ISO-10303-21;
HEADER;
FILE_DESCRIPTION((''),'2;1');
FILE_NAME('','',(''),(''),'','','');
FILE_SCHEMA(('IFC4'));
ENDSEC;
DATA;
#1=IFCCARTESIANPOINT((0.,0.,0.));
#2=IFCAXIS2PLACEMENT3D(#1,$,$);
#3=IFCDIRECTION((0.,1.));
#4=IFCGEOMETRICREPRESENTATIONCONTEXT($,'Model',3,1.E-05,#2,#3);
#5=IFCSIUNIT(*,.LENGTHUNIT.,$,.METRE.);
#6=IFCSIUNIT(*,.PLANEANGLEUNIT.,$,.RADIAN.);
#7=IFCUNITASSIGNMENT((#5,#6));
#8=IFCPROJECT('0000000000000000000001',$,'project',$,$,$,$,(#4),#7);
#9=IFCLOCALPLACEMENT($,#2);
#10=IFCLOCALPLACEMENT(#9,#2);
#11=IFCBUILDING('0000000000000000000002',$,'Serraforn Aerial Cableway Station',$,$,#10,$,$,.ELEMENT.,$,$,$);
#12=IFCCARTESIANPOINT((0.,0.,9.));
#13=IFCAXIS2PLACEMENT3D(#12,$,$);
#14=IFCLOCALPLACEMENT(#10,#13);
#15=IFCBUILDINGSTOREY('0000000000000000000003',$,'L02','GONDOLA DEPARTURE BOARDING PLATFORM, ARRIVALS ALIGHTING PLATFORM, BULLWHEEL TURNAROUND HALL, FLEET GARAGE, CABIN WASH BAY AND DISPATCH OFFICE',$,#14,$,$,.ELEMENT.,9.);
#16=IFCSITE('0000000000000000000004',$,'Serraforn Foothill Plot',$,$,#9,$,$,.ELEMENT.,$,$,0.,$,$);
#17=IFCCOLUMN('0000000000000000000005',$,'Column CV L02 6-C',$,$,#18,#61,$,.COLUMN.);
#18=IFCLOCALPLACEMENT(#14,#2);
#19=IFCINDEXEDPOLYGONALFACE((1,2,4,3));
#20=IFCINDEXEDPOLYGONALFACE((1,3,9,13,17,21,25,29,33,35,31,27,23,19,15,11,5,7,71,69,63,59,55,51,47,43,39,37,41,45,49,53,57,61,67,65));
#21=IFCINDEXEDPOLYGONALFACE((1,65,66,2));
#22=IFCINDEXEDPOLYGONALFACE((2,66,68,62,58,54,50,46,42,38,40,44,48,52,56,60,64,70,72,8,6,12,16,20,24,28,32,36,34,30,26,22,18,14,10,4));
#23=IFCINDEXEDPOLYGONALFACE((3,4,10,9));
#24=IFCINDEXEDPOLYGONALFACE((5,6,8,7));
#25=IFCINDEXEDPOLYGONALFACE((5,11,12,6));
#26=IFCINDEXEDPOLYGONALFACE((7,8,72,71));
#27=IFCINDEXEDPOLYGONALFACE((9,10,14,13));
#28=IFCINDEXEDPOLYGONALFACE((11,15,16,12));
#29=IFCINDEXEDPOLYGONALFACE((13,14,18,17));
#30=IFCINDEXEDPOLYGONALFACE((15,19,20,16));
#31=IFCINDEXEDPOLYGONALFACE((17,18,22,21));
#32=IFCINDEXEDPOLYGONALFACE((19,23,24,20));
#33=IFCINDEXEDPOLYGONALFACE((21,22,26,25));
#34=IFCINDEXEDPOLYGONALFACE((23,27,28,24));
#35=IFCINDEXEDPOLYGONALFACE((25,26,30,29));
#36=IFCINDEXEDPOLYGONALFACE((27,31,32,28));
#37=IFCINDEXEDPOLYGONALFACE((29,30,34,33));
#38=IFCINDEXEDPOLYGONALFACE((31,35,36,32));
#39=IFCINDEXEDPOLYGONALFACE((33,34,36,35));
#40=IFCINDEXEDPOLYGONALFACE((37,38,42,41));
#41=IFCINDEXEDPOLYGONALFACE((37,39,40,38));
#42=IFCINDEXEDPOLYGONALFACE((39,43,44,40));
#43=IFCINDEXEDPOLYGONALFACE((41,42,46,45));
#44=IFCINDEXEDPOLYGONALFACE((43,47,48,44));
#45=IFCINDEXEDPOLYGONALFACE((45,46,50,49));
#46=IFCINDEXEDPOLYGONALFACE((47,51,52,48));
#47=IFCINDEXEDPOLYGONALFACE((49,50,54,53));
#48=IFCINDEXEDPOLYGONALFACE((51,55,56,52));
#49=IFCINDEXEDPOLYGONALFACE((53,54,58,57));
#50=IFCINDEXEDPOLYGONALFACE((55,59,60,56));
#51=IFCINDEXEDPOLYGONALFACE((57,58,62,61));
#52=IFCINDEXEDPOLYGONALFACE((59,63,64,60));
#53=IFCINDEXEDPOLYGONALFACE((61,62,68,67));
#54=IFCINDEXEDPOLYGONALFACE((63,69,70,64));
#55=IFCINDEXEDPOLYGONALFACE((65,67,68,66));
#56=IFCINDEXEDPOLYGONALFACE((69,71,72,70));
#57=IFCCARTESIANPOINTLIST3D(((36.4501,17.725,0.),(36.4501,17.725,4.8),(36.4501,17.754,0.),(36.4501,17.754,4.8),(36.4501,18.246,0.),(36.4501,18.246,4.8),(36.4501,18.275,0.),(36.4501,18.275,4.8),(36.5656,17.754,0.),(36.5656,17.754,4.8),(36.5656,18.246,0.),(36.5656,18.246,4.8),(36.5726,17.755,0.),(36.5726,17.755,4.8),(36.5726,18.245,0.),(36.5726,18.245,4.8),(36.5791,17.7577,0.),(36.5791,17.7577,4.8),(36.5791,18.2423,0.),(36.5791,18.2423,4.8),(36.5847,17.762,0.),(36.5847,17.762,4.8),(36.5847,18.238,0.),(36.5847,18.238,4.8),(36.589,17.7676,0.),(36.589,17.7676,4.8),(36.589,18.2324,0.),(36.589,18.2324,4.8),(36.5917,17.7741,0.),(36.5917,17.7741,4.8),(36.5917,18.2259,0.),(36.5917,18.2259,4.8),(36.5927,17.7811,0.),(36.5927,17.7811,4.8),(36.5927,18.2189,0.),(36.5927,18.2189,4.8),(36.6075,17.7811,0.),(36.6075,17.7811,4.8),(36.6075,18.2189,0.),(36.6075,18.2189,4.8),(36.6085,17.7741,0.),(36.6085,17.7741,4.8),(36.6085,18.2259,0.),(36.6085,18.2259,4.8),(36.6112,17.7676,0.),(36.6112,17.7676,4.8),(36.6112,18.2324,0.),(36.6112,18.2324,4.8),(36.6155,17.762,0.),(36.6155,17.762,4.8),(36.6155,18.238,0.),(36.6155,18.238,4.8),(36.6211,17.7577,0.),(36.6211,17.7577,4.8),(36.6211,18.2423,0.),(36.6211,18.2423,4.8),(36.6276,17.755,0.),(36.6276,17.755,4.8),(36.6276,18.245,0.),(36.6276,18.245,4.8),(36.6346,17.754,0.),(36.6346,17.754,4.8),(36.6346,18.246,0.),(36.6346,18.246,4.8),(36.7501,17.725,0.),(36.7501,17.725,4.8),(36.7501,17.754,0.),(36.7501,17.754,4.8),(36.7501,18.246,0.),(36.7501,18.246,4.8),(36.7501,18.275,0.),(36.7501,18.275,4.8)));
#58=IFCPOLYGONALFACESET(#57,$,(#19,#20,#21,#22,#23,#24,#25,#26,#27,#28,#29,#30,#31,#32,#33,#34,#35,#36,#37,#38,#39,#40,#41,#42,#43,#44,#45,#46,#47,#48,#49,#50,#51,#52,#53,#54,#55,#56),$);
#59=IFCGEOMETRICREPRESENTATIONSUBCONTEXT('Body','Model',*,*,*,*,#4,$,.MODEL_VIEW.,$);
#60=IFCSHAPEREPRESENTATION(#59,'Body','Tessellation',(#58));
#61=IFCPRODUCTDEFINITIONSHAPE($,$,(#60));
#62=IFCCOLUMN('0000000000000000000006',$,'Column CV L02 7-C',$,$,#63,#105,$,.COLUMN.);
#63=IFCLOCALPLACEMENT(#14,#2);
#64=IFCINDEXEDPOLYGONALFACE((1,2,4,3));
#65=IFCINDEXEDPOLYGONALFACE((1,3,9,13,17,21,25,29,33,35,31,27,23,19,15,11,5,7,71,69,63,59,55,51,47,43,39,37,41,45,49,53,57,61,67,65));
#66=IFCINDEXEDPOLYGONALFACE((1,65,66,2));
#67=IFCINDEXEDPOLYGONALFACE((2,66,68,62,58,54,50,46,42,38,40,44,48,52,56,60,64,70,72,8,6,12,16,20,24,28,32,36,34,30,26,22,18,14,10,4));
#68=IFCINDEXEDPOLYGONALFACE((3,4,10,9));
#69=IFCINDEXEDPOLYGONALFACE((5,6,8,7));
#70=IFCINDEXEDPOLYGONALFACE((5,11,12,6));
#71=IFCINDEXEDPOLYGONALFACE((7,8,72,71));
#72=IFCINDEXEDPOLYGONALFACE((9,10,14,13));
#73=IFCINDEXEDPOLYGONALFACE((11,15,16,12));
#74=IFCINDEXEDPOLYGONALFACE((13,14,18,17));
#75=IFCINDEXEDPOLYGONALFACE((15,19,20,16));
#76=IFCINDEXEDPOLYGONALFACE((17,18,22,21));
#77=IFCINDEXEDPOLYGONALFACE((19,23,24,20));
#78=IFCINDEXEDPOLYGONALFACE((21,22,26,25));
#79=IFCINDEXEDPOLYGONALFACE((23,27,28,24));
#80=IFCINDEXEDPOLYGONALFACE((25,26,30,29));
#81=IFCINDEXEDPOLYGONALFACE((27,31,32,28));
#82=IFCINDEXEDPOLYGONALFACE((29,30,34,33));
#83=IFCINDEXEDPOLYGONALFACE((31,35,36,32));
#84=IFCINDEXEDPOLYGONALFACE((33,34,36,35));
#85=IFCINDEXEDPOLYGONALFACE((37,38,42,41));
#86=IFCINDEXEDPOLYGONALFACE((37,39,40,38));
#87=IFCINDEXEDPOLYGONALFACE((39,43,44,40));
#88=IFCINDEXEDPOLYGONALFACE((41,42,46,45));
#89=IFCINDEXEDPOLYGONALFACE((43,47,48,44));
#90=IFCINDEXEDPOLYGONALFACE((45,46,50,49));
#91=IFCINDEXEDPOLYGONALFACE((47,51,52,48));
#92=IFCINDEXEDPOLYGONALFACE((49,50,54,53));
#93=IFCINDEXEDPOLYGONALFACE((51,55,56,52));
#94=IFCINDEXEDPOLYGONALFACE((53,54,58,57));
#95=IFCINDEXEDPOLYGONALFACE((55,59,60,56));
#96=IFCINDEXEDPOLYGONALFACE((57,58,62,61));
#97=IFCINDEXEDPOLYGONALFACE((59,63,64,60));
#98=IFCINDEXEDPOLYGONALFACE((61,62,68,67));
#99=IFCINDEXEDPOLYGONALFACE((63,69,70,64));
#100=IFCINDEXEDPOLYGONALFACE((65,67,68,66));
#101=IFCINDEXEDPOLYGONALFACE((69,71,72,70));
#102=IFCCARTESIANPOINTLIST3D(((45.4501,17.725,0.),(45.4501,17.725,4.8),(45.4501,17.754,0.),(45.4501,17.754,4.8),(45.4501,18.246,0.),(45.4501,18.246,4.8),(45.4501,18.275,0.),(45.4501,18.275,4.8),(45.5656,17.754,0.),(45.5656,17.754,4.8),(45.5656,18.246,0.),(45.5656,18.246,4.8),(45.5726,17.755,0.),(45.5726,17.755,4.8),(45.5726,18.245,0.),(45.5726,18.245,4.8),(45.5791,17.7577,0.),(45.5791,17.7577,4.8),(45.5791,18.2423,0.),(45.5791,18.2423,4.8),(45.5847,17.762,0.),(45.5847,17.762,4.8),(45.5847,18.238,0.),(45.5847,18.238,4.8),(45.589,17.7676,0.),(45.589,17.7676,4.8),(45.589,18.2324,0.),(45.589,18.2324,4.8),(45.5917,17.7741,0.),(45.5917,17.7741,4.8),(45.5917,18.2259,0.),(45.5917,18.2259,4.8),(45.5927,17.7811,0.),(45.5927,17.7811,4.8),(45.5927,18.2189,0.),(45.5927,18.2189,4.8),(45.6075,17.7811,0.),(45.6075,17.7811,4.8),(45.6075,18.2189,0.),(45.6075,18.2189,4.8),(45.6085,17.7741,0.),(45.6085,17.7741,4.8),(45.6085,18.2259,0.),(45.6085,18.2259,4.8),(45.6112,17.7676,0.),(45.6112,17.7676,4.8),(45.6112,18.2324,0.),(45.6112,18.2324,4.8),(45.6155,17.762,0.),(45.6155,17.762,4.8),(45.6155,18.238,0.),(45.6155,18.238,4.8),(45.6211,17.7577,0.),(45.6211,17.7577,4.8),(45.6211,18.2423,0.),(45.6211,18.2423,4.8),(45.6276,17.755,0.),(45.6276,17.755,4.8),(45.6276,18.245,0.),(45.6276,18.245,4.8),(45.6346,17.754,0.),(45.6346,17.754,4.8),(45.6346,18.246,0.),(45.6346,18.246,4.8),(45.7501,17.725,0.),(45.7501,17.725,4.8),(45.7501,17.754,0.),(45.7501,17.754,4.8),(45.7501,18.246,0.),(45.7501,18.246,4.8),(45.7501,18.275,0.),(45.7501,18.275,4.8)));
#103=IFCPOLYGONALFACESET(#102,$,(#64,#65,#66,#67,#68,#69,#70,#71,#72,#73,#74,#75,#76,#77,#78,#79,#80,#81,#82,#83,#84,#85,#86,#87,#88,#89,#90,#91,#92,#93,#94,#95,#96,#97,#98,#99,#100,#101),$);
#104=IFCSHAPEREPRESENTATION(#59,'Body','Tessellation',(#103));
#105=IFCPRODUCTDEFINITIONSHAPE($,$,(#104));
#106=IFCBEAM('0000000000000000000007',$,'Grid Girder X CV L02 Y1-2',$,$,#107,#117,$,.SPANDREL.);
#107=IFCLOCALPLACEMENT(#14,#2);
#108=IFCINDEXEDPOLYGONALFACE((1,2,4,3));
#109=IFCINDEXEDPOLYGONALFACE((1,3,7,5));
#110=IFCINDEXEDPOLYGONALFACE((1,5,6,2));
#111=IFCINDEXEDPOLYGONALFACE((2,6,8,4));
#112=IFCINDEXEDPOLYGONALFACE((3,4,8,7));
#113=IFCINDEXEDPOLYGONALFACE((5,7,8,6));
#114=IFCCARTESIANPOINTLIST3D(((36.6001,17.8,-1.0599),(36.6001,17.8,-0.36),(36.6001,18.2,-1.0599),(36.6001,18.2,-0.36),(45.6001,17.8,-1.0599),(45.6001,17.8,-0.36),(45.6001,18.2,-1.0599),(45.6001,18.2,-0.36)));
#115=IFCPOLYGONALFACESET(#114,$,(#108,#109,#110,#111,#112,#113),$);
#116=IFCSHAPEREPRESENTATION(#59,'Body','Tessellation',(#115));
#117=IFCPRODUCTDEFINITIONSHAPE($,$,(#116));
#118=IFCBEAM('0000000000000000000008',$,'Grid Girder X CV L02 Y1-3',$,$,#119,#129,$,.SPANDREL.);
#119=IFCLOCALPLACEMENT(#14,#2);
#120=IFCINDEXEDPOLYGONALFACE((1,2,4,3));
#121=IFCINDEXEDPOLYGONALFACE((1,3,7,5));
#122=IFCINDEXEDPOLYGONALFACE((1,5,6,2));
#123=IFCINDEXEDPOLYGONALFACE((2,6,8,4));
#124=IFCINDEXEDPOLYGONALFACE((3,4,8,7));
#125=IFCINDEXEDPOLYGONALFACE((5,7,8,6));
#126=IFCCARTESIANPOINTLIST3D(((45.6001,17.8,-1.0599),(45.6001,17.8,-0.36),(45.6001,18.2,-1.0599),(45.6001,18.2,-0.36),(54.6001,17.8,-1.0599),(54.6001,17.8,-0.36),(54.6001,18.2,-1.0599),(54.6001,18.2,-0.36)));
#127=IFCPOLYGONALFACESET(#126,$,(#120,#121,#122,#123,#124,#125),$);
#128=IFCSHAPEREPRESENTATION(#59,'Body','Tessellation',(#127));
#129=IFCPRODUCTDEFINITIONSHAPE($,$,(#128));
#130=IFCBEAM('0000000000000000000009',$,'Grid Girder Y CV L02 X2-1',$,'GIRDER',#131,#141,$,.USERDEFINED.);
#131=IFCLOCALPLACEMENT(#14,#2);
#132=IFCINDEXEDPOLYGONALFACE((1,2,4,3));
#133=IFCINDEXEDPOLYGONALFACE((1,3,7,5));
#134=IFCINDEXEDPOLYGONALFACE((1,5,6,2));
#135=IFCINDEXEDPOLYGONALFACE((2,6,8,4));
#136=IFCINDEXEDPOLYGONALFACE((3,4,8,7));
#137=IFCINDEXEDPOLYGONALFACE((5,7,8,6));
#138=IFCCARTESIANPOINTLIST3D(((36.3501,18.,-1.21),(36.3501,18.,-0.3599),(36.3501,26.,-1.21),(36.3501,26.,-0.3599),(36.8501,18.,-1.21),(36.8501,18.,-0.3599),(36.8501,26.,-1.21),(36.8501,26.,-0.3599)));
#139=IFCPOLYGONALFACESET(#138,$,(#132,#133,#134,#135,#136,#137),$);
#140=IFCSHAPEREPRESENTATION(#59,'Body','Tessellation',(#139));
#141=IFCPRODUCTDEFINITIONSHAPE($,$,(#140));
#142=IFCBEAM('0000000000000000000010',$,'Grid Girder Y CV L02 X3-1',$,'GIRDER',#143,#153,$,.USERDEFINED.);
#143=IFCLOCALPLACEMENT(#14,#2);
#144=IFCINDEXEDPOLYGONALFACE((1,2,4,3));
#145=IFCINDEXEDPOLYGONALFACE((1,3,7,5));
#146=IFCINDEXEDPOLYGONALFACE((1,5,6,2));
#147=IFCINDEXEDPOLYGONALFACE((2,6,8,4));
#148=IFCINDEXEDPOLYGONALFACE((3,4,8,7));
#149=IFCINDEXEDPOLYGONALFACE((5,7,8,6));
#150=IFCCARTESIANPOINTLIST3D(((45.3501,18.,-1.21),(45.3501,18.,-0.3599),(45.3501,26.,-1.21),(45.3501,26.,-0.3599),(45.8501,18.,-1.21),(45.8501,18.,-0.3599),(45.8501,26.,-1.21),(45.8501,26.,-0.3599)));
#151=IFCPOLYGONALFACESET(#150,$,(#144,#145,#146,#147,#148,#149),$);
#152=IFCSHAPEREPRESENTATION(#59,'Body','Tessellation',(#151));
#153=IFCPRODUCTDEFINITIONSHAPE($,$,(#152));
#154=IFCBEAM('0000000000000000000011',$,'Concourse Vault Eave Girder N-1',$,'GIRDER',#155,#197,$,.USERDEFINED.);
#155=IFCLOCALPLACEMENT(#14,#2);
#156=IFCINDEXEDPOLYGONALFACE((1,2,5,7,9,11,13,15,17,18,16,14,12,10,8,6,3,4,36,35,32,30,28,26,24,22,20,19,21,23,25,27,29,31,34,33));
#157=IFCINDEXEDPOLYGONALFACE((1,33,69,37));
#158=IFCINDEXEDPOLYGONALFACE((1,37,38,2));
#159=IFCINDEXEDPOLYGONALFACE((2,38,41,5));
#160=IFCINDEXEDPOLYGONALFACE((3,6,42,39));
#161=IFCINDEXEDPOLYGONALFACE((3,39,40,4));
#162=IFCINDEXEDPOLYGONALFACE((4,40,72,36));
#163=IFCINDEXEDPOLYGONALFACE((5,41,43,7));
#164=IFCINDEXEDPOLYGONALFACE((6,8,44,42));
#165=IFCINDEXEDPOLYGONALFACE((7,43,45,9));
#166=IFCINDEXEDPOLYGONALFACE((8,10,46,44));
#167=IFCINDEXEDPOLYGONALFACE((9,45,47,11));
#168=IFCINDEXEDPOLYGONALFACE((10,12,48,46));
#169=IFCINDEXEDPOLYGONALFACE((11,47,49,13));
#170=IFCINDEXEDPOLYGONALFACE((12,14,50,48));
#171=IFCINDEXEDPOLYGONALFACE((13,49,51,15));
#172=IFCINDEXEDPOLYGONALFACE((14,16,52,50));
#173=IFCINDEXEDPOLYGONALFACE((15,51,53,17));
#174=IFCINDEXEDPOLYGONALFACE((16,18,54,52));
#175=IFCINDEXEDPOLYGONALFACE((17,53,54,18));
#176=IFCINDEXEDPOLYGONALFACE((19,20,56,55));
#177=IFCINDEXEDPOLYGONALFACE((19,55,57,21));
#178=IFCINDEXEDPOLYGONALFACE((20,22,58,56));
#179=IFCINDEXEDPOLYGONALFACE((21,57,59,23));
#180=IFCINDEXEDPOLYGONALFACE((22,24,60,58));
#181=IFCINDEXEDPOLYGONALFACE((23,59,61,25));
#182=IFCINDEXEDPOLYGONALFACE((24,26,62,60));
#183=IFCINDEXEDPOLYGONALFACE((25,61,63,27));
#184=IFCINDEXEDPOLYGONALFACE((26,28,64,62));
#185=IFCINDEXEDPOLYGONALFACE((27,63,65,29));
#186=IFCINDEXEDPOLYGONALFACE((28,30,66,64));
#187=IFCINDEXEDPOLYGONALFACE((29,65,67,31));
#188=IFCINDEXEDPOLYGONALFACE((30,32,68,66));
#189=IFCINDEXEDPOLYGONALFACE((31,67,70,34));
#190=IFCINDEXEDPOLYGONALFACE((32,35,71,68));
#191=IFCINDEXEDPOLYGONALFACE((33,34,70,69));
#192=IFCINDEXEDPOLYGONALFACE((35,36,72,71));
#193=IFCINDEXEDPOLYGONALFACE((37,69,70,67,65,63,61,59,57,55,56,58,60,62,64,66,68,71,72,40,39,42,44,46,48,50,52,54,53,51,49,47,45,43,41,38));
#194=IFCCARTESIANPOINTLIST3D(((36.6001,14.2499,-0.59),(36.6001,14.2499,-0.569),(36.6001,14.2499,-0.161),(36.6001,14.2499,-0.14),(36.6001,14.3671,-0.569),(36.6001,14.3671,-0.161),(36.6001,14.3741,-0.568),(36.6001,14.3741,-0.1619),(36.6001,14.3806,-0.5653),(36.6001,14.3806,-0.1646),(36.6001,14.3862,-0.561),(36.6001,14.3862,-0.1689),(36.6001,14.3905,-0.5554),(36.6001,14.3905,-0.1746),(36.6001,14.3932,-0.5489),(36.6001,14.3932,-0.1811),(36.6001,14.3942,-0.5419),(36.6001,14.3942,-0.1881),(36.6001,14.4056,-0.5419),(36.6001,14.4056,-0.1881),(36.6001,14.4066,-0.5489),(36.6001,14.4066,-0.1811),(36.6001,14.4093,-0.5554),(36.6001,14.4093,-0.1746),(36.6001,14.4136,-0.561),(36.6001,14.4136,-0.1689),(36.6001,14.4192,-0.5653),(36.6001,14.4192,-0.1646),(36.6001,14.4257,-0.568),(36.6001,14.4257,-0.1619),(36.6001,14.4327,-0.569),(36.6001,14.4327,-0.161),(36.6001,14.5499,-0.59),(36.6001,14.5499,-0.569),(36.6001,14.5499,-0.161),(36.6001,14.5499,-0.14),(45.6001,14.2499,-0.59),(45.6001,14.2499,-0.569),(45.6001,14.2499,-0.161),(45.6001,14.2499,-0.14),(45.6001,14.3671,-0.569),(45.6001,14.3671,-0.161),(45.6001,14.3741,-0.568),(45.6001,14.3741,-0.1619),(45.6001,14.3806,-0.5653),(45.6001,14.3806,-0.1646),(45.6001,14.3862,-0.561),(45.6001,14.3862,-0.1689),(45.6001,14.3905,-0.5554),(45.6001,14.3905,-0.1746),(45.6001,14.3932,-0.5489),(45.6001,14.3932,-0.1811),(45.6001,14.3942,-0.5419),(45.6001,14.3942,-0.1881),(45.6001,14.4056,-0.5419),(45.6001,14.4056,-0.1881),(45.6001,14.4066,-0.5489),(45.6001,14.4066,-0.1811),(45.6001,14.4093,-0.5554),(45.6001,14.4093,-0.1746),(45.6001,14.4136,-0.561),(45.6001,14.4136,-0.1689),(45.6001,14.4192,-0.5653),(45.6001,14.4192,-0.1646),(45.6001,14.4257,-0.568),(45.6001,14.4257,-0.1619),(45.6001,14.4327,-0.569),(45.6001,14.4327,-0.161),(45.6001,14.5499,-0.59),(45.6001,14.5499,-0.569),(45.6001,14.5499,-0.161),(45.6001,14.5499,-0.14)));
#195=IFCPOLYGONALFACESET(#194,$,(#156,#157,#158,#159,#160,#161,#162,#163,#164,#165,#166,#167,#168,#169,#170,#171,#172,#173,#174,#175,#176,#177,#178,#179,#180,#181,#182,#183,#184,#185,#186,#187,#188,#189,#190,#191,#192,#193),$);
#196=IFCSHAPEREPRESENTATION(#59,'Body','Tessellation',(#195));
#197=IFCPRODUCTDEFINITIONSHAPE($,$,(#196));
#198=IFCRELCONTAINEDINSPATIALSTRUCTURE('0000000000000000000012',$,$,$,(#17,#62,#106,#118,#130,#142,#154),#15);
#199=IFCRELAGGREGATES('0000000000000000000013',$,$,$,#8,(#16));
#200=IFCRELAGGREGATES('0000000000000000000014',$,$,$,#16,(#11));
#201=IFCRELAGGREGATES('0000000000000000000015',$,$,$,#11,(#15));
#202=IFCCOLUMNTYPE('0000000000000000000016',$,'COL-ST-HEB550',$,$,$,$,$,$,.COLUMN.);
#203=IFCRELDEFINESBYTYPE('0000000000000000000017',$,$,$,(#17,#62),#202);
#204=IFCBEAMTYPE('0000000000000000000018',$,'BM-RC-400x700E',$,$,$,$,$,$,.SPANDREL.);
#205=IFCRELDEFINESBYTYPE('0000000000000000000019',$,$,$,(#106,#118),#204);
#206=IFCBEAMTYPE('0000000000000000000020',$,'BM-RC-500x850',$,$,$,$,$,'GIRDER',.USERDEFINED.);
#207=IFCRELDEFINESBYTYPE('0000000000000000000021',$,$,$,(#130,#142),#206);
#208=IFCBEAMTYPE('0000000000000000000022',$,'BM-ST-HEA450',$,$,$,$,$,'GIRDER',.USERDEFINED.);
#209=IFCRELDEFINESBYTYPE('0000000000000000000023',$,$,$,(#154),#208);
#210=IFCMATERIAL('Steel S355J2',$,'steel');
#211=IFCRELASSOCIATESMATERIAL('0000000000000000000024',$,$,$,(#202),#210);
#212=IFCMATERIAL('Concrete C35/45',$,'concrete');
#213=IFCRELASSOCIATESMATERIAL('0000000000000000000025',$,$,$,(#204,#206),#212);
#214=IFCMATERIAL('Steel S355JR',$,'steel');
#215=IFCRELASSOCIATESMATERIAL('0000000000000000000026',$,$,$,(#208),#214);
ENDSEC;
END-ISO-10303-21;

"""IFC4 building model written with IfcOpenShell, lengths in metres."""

from ifc_helpers import new_model, si_unit, direction, frame, origin, origin_2d, place, context, subcontext, project, spatial, rectangle, i_section, extrude, material, material_profile, profile_set, type_object, element, save


model = new_model("IFC4")

# Units and contexts
model_context = context("Model", 3, precision=1e-05, world=origin(), true_north=direction((0.0, 1.0)))
body_context = subcontext(model_context, "Body", "Model", "MODEL_VIEW")
ifc_project = project(units=[si_unit("LENGTHUNIT", "METRE"), si_unit("PLANEANGLEUNIT", "RADIAN")], contexts=[model_context])

# Site, building, storey
site_placement = place(None, origin())
site = spatial("IfcSite", under=ifc_project, at=site_placement, Name="Serraforn Foothill Plot", CompositionType="ELEMENT", RefElevation=0.0)
building_placement = place(site_placement, origin())
building = spatial("IfcBuilding", under=site, at=building_placement, Name="Serraforn Aerial Cableway Station", CompositionType="ELEMENT")
storey_placement = place(building_placement, frame((0.0, 0.0, 9.0)))
storey = spatial("IfcBuildingStorey", under=building, at=storey_placement, Name="L02", Description="GONDOLA DEPARTURE BOARDING PLATFORM, ARRIVALS ALIGHTING PLATFORM, BULLWHEEL TURNAROUND HALL, FLEET GARAGE, CABIN WASH BAY AND DISPATCH OFFICE", CompositionType="ELEMENT", Elevation=9.0)

# Columns
ifc_material_1 = material(Name="Steel S355J2", Category="steel")
ifc_material_profile_1 = material_profile(ifc_material_1, i_section(OverallWidth=0.3, OverallDepth=0.55, WebThickness=0.0149, FlangeThickness=0.0291, FilletRadius=0.0271, at=origin_2d()), Name="HEB 550")
ifc_profile_set_1 = profile_set([ifc_material_profile_1], Name="Steel S355J2")
column_type = type_object("IfcColumnType", Name="COL-ST-HEB550", PredefinedType="COLUMN", material=ifc_profile_set_1)
for number, where, z_axis, x_axis, name in (
    (1, (36.6001, 18.0, 0.0), (0.0, 0.0, 1.0), (1.0, 0.0, 0.0), "Column CV L02 6-C"),
    (2, (45.6001, 18.0, 0.0), (0.0, 0.0, 1.0), (1.0, 0.0, 0.0), "Column CV L02 7-C"),
):
    element("IfcColumn", number, at=place(storey_placement, frame(where, z_axis=z_axis, x_axis=x_axis)), inside=storey, type_object=column_type, Name=name, PredefinedType="COLUMN", context=body_context, shape_type="SweptSolid", body=[
        extrude(i_section(OverallWidth=0.3, OverallDepth=0.55, WebThickness=0.0149, FlangeThickness=0.0291, FilletRadius=0.0271, at=origin_2d()), origin(), (0.0, 0.0, 1.0), 4.8),
    ])

# Beams
ifc_material_2 = material(Name="Concrete C35/45", Category="concrete")
ifc_material_profile_2 = material_profile(ifc_material_2, rectangle(XDim=0.3999, YDim=0.7, at=origin_2d()), Name="RC 400x700")
ifc_profile_set_2 = profile_set([ifc_material_profile_2], Name="Concrete C35/45")
beam_type_1 = type_object("IfcBeamType", Name="BM-RC-400x700E", PredefinedType="SPANDREL", material=ifc_profile_set_2)
for number, where, z_axis, x_axis, name in (
    (3, (36.6001, 18.0, -0.71), (1.0, 0.0, 0.0), (0.0, 1.0, 0.0), "Grid Girder X CV L02 Y1-2"),
    (4, (45.6001, 18.0, -0.71), (1.0, 0.0, 0.0), (0.0, 1.0, 0.0), "Grid Girder X CV L02 Y1-3"),
):
    element("IfcBeam", number, at=place(storey_placement, frame(where, z_axis=z_axis, x_axis=x_axis)), inside=storey, type_object=beam_type_1, Name=name, PredefinedType="SPANDREL", context=body_context, shape_type="SweptSolid", body=[
        extrude(rectangle(XDim=0.3999, YDim=0.7, at=origin_2d()), origin(), (0.0, 0.0, 1.0), 9.0),
    ])
ifc_material_profile_3 = material_profile(ifc_material_2, rectangle(XDim=0.5, YDim=0.8501, at=origin_2d()), Name="RC 500x850")
ifc_profile_set_3 = profile_set([ifc_material_profile_3], Name="Concrete C35/45")
beam_type_2 = type_object("IfcBeamType", Name="BM-RC-500x850", ElementType="GIRDER", PredefinedType="USERDEFINED", material=ifc_profile_set_3)
for number, where, z_axis, x_axis, name in (
    (5, (36.6001, 18.0, -0.7849), (0.0, 1.0, 0.0), (-1.0, 0.0, 0.0), "Grid Girder Y CV L02 X2-1"),
    (6, (45.6001, 18.0, -0.7849), (0.0, 1.0, 0.0), (-1.0, 0.0, 0.0), "Grid Girder Y CV L02 X3-1"),
):
    element("IfcBeam", number, at=place(storey_placement, frame(where, z_axis=z_axis, x_axis=x_axis)), inside=storey, type_object=beam_type_2, Name=name, ObjectType="GIRDER", PredefinedType="USERDEFINED", context=body_context, shape_type="SweptSolid", body=[
        extrude(rectangle(XDim=0.5, YDim=0.8501, at=origin_2d()), origin(), (0.0, 0.0, 1.0), 8.0),
    ])
ifc_material_3 = material(Name="Steel S355JR", Category="steel")
ifc_material_profile_4 = material_profile(ifc_material_3, i_section(OverallWidth=0.3, OverallDepth=0.45, WebThickness=0.0115, FlangeThickness=0.021, FilletRadius=0.0271, at=origin_2d()), Name="HEA 450")
ifc_profile_set_4 = profile_set([ifc_material_profile_4], Name="Steel S355JR")
beam_type_3 = type_object("IfcBeamType", Name="BM-ST-HEA450", ElementType="GIRDER", PredefinedType="USERDEFINED", material=ifc_profile_set_4)
for number, where, z_axis, x_axis, name in (
    (7, (36.6001, 14.3999, -0.365), (1.0, 0.0, 0.0), (0.0, 1.0, 0.0), "Concourse Vault Eave Girder N-1"),
):
    element("IfcBeam", number, at=place(storey_placement, frame(where, z_axis=z_axis, x_axis=x_axis)), inside=storey, type_object=beam_type_3, Name=name, ObjectType="GIRDER", PredefinedType="USERDEFINED", context=body_context, shape_type="SweptSolid", body=[
        extrude(i_section(OverallWidth=0.3, OverallDepth=0.45, WebThickness=0.0115, FlangeThickness=0.021, FilletRadius=0.0271, at=origin_2d()), origin(), (0.0, 0.0, 1.0), 9.0),
    ])

save(model, "model.ifc")
